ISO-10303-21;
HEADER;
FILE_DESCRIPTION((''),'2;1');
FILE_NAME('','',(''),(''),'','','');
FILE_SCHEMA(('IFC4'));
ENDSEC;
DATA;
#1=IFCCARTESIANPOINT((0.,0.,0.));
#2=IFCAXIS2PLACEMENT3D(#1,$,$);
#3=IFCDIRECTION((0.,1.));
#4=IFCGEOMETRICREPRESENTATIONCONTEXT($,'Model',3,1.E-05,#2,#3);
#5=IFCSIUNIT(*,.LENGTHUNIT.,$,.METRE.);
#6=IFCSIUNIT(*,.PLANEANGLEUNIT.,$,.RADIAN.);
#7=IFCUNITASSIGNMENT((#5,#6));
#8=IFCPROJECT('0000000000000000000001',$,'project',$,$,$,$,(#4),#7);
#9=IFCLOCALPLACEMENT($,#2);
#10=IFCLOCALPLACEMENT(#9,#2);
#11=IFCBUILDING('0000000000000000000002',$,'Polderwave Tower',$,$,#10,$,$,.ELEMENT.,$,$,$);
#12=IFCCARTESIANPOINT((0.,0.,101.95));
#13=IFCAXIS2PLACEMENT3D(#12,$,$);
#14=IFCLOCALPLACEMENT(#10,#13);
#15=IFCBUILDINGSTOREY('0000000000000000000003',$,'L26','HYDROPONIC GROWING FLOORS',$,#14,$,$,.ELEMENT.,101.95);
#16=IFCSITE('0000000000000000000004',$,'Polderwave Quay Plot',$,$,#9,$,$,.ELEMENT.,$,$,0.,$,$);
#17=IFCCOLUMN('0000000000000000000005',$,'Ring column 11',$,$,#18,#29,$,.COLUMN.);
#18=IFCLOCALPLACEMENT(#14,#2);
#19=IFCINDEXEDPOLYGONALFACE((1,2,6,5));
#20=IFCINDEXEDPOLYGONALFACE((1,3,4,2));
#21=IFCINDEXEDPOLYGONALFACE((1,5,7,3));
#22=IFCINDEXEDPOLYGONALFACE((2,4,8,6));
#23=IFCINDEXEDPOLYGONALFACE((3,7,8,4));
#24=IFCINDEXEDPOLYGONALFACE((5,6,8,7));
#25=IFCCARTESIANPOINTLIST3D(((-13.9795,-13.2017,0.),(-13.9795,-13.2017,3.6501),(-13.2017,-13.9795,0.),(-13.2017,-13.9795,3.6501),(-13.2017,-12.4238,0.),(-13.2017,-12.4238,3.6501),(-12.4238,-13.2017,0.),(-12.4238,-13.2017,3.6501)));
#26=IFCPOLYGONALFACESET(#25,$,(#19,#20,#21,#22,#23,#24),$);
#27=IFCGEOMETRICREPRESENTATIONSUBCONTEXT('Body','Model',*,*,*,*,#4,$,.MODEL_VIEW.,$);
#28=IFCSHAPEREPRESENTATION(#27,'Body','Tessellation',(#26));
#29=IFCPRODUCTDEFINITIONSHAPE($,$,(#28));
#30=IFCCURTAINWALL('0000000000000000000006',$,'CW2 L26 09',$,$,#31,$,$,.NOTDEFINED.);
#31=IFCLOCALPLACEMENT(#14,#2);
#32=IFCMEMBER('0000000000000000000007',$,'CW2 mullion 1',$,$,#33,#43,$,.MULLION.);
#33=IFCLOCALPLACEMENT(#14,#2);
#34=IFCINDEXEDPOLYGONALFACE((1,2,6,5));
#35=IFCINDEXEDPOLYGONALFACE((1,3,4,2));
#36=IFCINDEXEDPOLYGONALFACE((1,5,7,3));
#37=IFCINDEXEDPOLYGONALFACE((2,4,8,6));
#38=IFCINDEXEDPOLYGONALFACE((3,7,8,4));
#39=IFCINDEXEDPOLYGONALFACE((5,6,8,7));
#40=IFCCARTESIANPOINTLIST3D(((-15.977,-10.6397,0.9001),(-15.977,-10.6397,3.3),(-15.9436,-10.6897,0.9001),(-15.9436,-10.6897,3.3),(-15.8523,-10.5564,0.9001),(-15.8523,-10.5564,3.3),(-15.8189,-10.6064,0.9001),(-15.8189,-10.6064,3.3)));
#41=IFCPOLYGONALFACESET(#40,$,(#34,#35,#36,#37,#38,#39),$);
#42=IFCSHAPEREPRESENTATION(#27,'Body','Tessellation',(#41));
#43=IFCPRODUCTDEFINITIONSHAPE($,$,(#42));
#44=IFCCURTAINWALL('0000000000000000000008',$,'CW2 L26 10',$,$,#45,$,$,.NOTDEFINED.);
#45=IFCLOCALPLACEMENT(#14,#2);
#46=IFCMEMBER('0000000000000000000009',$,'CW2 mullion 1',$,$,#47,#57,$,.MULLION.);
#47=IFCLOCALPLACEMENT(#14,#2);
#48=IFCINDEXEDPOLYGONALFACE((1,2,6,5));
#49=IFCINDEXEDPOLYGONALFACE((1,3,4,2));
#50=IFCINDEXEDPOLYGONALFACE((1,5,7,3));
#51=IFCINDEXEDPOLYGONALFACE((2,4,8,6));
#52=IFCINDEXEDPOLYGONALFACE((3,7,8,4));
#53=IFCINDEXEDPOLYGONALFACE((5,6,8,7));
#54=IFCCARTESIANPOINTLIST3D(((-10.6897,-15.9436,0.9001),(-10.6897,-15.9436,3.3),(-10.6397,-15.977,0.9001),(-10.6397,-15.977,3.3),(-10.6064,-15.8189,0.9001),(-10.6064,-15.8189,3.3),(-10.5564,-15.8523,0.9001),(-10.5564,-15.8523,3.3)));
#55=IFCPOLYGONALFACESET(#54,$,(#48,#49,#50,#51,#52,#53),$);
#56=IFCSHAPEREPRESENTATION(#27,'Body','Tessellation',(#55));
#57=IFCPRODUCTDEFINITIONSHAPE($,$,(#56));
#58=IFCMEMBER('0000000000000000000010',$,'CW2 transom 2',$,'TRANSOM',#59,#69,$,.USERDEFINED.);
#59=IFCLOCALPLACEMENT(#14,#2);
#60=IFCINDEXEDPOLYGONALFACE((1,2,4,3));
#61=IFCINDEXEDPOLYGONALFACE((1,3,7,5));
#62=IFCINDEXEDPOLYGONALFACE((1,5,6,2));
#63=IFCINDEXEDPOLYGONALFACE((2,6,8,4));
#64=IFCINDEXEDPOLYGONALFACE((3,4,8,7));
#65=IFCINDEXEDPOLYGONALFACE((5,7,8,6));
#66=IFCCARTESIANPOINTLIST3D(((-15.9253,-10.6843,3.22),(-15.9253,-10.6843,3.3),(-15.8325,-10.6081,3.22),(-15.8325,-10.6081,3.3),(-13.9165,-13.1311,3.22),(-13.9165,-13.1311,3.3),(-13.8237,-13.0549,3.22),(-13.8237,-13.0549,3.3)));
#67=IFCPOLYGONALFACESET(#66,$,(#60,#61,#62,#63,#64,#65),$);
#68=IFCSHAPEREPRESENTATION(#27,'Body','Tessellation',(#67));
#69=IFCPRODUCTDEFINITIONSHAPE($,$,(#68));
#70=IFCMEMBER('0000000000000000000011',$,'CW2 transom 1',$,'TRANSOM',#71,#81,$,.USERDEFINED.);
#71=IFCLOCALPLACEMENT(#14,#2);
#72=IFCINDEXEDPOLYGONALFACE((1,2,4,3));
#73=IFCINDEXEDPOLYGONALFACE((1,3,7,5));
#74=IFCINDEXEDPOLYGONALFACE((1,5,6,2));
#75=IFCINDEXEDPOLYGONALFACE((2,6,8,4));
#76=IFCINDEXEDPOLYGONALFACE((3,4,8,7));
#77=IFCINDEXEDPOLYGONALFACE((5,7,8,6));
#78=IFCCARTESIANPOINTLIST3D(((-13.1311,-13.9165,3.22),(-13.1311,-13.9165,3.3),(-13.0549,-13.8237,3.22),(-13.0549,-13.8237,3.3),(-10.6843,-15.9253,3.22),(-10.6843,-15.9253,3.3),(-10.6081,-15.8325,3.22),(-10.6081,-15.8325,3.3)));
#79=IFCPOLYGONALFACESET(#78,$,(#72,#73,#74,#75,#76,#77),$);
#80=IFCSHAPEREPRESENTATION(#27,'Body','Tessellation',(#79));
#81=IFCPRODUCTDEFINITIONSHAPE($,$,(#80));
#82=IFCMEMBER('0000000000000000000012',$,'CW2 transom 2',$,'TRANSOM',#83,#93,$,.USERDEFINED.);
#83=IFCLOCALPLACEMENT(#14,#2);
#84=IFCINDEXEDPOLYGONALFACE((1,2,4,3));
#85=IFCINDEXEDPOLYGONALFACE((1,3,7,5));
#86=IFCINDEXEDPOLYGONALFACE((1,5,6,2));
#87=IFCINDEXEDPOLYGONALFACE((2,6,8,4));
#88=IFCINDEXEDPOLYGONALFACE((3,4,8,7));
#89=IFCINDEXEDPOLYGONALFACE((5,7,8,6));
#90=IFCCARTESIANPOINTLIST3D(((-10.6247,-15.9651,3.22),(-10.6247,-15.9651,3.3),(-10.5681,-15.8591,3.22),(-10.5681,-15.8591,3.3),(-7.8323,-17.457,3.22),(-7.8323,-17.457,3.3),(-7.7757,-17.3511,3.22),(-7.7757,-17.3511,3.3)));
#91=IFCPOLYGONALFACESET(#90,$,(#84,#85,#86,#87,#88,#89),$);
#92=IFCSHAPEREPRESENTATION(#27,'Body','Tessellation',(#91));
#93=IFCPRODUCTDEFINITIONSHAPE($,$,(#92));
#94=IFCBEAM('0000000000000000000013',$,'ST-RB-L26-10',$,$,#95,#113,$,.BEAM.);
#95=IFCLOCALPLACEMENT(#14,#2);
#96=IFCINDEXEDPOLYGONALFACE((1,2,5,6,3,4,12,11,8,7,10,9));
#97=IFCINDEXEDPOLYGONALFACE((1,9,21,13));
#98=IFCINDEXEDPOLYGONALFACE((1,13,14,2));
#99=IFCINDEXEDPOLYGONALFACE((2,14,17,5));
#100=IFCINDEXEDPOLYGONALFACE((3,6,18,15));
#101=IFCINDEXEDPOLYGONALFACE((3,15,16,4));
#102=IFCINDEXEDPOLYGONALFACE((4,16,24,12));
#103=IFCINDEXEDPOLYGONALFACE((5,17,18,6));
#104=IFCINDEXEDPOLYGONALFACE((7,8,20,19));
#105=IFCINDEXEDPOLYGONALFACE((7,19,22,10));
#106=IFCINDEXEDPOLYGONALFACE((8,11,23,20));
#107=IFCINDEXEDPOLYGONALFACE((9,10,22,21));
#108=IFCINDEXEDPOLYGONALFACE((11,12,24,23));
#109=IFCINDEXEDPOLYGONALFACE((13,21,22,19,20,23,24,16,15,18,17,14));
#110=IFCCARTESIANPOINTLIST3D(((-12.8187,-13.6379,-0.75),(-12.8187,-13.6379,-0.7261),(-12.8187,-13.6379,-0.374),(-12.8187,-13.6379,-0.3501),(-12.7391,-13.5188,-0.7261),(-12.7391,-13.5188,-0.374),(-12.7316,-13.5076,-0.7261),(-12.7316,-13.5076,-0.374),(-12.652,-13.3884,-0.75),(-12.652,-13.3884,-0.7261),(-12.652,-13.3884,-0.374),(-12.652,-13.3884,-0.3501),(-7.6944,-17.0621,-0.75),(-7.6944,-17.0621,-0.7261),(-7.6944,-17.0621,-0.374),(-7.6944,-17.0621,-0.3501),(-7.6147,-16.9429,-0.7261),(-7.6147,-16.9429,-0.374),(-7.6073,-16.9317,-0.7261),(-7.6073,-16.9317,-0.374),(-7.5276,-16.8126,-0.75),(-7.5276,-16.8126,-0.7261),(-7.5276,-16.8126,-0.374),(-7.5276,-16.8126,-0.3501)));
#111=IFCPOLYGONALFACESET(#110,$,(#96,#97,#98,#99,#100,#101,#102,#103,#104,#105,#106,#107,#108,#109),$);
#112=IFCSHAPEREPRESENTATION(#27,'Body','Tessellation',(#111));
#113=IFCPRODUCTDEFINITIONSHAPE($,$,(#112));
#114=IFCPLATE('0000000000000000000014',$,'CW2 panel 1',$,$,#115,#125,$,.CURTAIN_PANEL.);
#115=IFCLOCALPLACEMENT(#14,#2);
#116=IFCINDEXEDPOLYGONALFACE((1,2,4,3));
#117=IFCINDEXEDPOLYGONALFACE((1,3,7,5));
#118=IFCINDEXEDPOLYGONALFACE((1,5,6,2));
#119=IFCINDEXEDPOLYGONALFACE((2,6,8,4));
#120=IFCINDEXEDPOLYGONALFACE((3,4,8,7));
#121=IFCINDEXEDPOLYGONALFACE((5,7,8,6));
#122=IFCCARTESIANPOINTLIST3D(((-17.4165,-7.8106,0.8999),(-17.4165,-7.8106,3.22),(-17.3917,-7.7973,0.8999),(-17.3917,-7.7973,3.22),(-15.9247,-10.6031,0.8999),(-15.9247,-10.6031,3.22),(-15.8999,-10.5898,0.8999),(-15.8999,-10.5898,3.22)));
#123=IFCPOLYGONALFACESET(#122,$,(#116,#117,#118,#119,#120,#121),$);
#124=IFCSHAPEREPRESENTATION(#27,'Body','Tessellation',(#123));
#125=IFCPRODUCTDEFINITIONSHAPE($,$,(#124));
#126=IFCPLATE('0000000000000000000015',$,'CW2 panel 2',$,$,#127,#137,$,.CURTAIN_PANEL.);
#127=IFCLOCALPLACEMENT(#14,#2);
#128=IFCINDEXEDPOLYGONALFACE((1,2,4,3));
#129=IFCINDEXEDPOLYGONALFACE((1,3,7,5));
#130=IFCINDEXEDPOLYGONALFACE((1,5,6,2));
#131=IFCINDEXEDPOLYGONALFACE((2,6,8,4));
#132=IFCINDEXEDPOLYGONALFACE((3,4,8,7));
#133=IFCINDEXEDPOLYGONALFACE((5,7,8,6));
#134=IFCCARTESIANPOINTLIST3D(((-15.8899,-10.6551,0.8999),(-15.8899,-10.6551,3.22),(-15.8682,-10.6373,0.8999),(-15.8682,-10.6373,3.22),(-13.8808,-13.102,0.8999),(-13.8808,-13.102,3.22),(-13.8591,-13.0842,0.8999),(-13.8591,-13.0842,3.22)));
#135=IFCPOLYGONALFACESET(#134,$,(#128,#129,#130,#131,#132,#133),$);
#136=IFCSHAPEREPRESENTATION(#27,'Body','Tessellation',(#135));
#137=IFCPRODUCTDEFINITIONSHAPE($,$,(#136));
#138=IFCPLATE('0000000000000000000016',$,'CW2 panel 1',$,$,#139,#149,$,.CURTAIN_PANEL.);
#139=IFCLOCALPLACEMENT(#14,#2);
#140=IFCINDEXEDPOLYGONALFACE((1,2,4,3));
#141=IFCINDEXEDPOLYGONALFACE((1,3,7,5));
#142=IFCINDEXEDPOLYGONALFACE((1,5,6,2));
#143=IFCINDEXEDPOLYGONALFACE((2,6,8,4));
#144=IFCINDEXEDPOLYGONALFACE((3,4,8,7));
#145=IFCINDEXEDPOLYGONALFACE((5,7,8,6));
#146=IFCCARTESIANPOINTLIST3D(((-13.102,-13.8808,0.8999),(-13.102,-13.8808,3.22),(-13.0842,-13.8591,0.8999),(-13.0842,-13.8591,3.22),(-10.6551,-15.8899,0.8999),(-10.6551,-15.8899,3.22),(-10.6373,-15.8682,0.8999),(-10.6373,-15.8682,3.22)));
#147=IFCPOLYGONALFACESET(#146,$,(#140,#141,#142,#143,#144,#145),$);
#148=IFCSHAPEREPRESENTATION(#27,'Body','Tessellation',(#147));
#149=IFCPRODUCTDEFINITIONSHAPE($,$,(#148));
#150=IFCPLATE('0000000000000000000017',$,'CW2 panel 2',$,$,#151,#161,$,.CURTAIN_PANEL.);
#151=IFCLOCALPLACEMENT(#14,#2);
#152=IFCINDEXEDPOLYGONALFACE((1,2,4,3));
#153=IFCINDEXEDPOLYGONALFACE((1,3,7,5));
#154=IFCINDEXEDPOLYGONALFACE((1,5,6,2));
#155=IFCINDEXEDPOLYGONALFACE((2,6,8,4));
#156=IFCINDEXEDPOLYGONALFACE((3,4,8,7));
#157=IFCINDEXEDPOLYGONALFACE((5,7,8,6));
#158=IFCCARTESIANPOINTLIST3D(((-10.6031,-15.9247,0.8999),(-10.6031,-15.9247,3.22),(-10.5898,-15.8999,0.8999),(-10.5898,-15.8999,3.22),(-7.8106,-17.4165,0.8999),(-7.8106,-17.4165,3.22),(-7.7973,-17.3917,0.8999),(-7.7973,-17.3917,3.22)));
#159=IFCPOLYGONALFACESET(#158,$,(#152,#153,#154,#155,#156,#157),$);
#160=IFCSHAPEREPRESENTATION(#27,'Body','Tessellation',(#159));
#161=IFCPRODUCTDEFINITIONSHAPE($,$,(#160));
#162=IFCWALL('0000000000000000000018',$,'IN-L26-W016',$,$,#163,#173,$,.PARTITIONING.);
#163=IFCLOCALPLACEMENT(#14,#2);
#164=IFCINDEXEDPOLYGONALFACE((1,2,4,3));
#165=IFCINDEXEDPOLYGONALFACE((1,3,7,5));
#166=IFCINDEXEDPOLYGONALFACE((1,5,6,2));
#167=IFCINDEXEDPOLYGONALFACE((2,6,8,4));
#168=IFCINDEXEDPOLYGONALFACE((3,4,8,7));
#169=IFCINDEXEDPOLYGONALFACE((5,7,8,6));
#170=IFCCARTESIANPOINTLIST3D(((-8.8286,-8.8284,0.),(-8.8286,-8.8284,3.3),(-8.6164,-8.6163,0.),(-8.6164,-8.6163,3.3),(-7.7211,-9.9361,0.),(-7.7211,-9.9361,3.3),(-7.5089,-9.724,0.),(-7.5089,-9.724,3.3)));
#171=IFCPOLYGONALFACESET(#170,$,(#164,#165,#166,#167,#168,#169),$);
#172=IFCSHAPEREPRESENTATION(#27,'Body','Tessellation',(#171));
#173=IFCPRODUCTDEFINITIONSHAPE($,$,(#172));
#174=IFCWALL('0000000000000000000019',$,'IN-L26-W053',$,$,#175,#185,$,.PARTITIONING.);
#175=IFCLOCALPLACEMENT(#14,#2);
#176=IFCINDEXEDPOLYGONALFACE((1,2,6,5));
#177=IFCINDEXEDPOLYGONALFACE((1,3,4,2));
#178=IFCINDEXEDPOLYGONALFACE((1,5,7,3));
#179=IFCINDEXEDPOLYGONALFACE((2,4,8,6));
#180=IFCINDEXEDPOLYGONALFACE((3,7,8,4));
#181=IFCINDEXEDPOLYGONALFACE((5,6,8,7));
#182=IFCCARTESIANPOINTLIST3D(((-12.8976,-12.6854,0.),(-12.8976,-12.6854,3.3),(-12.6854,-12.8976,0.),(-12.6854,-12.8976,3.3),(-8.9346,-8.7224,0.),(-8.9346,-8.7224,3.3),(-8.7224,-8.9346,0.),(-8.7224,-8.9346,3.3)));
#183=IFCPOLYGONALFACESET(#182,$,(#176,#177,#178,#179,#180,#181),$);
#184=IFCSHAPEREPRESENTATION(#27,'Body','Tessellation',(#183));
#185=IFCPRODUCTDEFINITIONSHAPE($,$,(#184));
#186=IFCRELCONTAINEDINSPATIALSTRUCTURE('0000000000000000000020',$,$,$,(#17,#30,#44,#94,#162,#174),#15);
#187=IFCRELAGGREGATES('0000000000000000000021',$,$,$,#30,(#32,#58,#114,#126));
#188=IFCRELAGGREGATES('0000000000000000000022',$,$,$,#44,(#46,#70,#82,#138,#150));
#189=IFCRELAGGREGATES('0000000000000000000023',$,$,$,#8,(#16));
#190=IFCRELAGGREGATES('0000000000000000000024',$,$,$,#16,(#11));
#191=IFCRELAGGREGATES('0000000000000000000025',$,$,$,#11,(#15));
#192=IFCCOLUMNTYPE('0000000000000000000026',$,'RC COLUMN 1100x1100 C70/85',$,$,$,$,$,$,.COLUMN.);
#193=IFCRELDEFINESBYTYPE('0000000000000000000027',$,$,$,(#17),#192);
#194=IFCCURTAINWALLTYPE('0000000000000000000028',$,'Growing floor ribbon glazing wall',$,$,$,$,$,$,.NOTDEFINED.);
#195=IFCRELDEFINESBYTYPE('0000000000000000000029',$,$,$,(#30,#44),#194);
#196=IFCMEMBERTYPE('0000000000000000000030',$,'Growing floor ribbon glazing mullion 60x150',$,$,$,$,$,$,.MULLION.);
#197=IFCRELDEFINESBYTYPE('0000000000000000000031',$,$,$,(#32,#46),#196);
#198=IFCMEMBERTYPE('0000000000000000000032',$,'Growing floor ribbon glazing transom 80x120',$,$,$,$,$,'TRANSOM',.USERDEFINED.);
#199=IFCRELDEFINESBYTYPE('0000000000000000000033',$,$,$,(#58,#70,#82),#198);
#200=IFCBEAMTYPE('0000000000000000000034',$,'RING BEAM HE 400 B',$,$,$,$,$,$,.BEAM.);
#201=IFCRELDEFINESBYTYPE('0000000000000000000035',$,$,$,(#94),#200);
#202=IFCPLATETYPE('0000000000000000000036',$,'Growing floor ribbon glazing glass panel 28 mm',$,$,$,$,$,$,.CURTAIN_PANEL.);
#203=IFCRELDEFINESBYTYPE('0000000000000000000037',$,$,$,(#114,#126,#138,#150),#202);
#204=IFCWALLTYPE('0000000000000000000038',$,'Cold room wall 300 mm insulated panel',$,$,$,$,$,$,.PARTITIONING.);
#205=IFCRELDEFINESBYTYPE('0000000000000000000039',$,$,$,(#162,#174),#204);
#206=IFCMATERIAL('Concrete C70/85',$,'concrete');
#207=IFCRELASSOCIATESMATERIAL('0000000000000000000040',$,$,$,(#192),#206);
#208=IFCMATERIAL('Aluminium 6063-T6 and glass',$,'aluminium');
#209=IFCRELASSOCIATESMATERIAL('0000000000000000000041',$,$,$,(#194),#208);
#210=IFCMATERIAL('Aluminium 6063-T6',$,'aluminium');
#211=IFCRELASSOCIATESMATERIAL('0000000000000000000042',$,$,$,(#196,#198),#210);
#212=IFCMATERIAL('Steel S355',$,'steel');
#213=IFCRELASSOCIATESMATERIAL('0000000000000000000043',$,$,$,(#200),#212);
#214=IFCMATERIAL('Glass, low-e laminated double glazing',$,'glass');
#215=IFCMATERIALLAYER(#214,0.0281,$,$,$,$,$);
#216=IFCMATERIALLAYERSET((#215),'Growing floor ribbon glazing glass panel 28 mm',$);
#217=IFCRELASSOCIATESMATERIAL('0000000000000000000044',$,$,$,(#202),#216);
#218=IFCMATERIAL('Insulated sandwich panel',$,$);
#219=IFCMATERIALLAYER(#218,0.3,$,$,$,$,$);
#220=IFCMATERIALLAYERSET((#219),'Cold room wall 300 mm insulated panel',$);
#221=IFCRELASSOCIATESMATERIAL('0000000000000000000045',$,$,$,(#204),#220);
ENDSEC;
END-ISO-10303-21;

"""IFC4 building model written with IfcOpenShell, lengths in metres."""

from ifc_helpers import new_model, si_unit, direction, frame, frame_2d, origin, origin_2d, place, context, subcontext, project, spatial, rectangle, i_section, extrude, material, layer, layer_set, material_profile, profile_set, type_object, element, aggregate, save


model = new_model("IFC4")

# Units and contexts
model_context = context("Model", 3, precision=1e-05, world=origin(), true_north=direction((0.0, 1.0)))
body_context = subcontext(model_context, "Body", "Model", "MODEL_VIEW")
ifc_project = project(units=[si_unit("LENGTHUNIT", "METRE"), si_unit("PLANEANGLEUNIT", "RADIAN")], contexts=[model_context])

# Site, building, storey
site_placement = place(None, origin())
site = spatial("IfcSite", under=ifc_project, at=site_placement, Name="Polderwave Quay Plot", CompositionType="ELEMENT", RefElevation=0.0)
building_placement = place(site_placement, origin())
building = spatial("IfcBuilding", under=site, at=building_placement, Name="Polderwave Tower", CompositionType="ELEMENT")
storey_placement = place(building_placement, frame((0.0, 0.0, 101.95)))
storey = spatial("IfcBuildingStorey", under=building, at=storey_placement, Name="L26", Description="HYDROPONIC GROWING FLOORS", CompositionType="ELEMENT", Elevation=101.95)

# Column
ifc_material_1 = material(Name="Concrete C70/85", Category="concrete")
ifc_material_profile_1 = material_profile(ifc_material_1, rectangle(XDim=1.1001, YDim=1.1001, at=origin_2d()), Name="RC 1100x1100")
ifc_profile_set_1 = profile_set([ifc_material_profile_1], Name="Concrete C70/85")
column_type = type_object("IfcColumnType", Name="RC COLUMN 1100x1100 C70/85", PredefinedType="COLUMN", material=ifc_profile_set_1)
column_placement = place(storey_placement, frame((-13.2017, -13.2017, 0.0), z_axis=(0.0, 0.0, 1.0), x_axis=(-0.707107, -0.707107, 0.0)))
element("IfcColumn", 1, at=column_placement, inside=storey, type_object=column_type, Name="Ring column 11", PredefinedType="COLUMN", context=body_context, shape_type="SweptSolid", body=[
    extrude(rectangle(XDim=1.1001, YDim=1.1001, at=origin_2d()), origin(), (0.0, 0.0, 1.0), 3.6501),
])

# Curtain walls, members
ifc_material_2 = material(Name="Aluminium 6063-T6 and glass", Category="aluminium")
curtain_wall_type = type_object("IfcCurtainWallType", Name="Growing floor ribbon glazing wall", PredefinedType="NOTDEFINED", material=ifc_material_2)
curtain_wall_1_placement = place(storey_placement, origin())
curtain_wall_1 = element("IfcCurtainWall", 2, at=curtain_wall_1_placement, inside=storey, type_object=curtain_wall_type, Name="CW2 L26 09", PredefinedType="NOTDEFINED")
ifc_material_3 = material(Name="Aluminium 6063-T6", Category="aluminium")
ifc_material_profile_2 = material_profile(ifc_material_3, rectangle(XDim=0.1499, YDim=0.0601, at=origin_2d()), Name="AL 60x150")
ifc_profile_set_2 = profile_set([ifc_material_profile_2], Name="Aluminium 6063-T6")
member_type_1 = type_object("IfcMemberType", Name="Growing floor ribbon glazing mullion 60x150", PredefinedType="MULLION", material=ifc_profile_set_2)
member_1_placement = place(storey_placement, frame((-15.8979, -10.623, 0.9001), z_axis=(0.0, 0.0, 1.0), x_axis=(0.831468, 0.555573, 0.0)))
member_1 = element("IfcMember", 3, at=member_1_placement, type_object=member_type_1, Name="CW2 mullion 1", PredefinedType="MULLION", context=body_context, shape_type="SweptSolid", body=[
    extrude(rectangle(XDim=0.1499, YDim=0.0601, at=origin_2d()), origin(), (0.0, 0.0, 1.0), 2.3999),
])
curtain_wall_2_placement = place(storey_placement, origin())
curtain_wall_2 = element("IfcCurtainWall", 4, at=curtain_wall_2_placement, inside=storey, type_object=curtain_wall_type, Name="CW2 L26 10", PredefinedType="NOTDEFINED")
member_2_placement = place(storey_placement, frame((-10.623, -15.8979, 0.9001), z_axis=(0.0, 0.0, 1.0), x_axis=(0.555573, 0.831468, 0.0)))
member_2 = element("IfcMember", 5, at=member_2_placement, type_object=member_type_1, Name="CW2 mullion 1", PredefinedType="MULLION", context=body_context, shape_type="SweptSolid", body=[
    extrude(rectangle(XDim=0.1499, YDim=0.0601, at=origin_2d()), origin(), (0.0, 0.0, 1.0), 2.3999),
])

# Members
ifc_material_profile_3 = material_profile(ifc_material_3, rectangle(XDim=0.1201, YDim=0.0801, at=origin_2d()), Name="AL 80x120")
ifc_profile_set_3 = profile_set([ifc_material_profile_3], Name="Aluminium 6063-T6")
member_type_2 = type_object("IfcMemberType", Name="Growing floor ribbon glazing transom 80x120", ElementType="TRANSOM", PredefinedType="USERDEFINED", material=ifc_profile_set_3)
member_3_placement = place(storey_placement, frame((-15.8789, -10.6462, 3.26), z_axis=(0.634539, -0.772891, 0.0), x_axis=(0.772891, 0.634539, 0.0)))
member_3 = element("IfcMember", 6, at=member_3_placement, type_object=member_type_2, Name="CW2 transom 2", ObjectType="TRANSOM", PredefinedType="USERDEFINED", context=body_context, shape_type="SweptSolid", body=[
    extrude(rectangle(XDim=0.1201, YDim=0.0801, at=origin_2d()), origin(), (0.0, 0.0, 1.0), 3.1658),
])
member_4_placement = place(storey_placement, frame((-13.093, -13.8701, 3.26), z_axis=(0.772891, -0.634539, 0.0), x_axis=(0.634539, 0.772891, 0.0)))
member_4 = element("IfcMember", 7, at=member_4_placement, type_object=member_type_2, Name="CW2 transom 1", ObjectType="TRANSOM", PredefinedType="USERDEFINED", context=body_context, shape_type="SweptSolid", body=[
    extrude(rectangle(XDim=0.1201, YDim=0.0801, at=origin_2d()), origin(), (0.0, 0.0, 1.0), 3.1658),
])
member_5_placement = place(storey_placement, frame((-10.5964, -15.9121, 3.26), z_axis=(0.882009, -0.471232, 0.0), x_axis=(0.471232, 0.882009, 0.0)))
member_5 = element("IfcMember", 8, at=member_5_placement, type_object=member_type_2, Name="CW2 transom 2", ObjectType="TRANSOM", PredefinedType="USERDEFINED", context=body_context, shape_type="SweptSolid", body=[
    extrude(rectangle(XDim=0.1201, YDim=0.0801, at=origin_2d()), origin(), (0.0, 0.0, 1.0), 3.166),
])

# Beam
ifc_material_4 = material(Name="Steel S355", Category="steel")
ifc_material_profile_4 = material_profile(ifc_material_4, i_section(OverallWidth=0.3, OverallDepth=0.3999, WebThickness=0.0134, FlangeThickness=0.0239, at=origin_2d()), Name="HE 400 B")
ifc_profile_set_4 = profile_set([ifc_material_profile_4], Name="Steel S355")
beam_type = type_object("IfcBeamType", Name="RING BEAM HE 400 B", PredefinedType="BEAM", material=ifc_profile_set_4)
beam_placement = place(storey_placement, frame((-12.7354, -13.5132, -0.55), z_axis=(0.831459, -0.555587, 0.0), x_axis=(0.555587, 0.831459, 0.0)))
element("IfcBeam", 9, at=beam_placement, inside=storey, type_object=beam_type, Name="ST-RB-L26-10", PredefinedType="BEAM", context=body_context, shape_type="SweptSolid", body=[
    extrude(i_section(OverallWidth=0.3, OverallDepth=0.3999, WebThickness=0.0134, FlangeThickness=0.0239, at=origin_2d()), origin(), (0.0, 0.0, 1.0), 6.1631),
])

# Plates
ifc_material_5 = material(Name="Glass, low-e laminated double glazing", Category="glass")
ifc_layer_1 = layer(ifc_material_5, 0.0281)
ifc_layer_set_1 = layer_set([ifc_layer_1], Name="Growing floor ribbon glazing glass panel 28 mm")
plate_type = type_object("IfcPlateType", Name="Growing floor ribbon glazing glass panel 28 mm", PredefinedType="CURTAIN_PANEL", material=ifc_layer_set_1)
plate_1_placement = place(storey_placement, frame((-16.6582, -9.2002, 0.8999), z_axis=(0.0, 0.0, 1.0), x_axis=(0.471206, -0.882023, 0.0)))
plate_1 = element("IfcPlate", 10, at=plate_1_placement, type_object=plate_type, Name="CW2 panel 1", PredefinedType="CURTAIN_PANEL", context=body_context, shape_type="SweptSolid", body=[
    extrude(rectangle(XDim=3.166, YDim=0.0281, at=origin_2d()), origin(), (0.0, 0.0, 1.0), 2.3201),
])
plate_2_placement = place(storey_placement, frame((-14.8745, -11.8696, 0.8999), z_axis=(0.0, 0.0, 1.0), x_axis=(0.634566, -0.772869, 0.0)))
plate_2 = element("IfcPlate", 11, at=plate_2_placement, type_object=plate_type, Name="CW2 panel 2", PredefinedType="CURTAIN_PANEL", context=body_context, shape_type="SweptSolid", body=[
    extrude(rectangle(XDim=3.166, YDim=0.0281, at=origin_2d()), origin(), (0.0, 0.0, 1.0), 2.3201),
])
aggregate(curtain_wall_1, [member_1, member_3, plate_1, plate_2])
plate_3_placement = place(storey_placement, frame((-11.8696, -14.8745, 0.8999), z_axis=(0.0, 0.0, 1.0), x_axis=(0.772869, -0.634566, 0.0)))
plate_3 = element("IfcPlate", 12, at=plate_3_placement, type_object=plate_type, Name="CW2 panel 1", PredefinedType="CURTAIN_PANEL", context=body_context, shape_type="SweptSolid", body=[
    extrude(rectangle(XDim=3.166, YDim=0.0281, at=origin_2d()), origin(), (0.0, 0.0, 1.0), 2.3201),
])
plate_4_placement = place(storey_placement, frame((-9.2002, -16.6582, 0.8999), z_axis=(0.0, 0.0, 1.0), x_axis=(0.882023, -0.471206, 0.0)))
plate_4 = element("IfcPlate", 13, at=plate_4_placement, type_object=plate_type, Name="CW2 panel 2", PredefinedType="CURTAIN_PANEL", context=body_context, shape_type="SweptSolid", body=[
    extrude(rectangle(XDim=3.166, YDim=0.0281, at=origin_2d()), origin(), (0.0, 0.0, 1.0), 2.3201),
])
aggregate(curtain_wall_2, [member_2, member_4, member_5, plate_3, plate_4])

# Walls
ifc_material_6 = material(Name="Insulated sandwich panel")
ifc_layer_2 = layer(ifc_material_6, 0.3)
ifc_layer_set_2 = layer_set([ifc_layer_2], Name="Cold room wall 300 mm insulated panel")
wall_type_1 = type_object("IfcWallType", Name="Cold room wall 300 mm insulated panel", PredefinedType="PARTITIONING", material=ifc_layer_set_2)
wall_1_placement = place(storey_placement, frame((-7.615, -9.8301, 0.0), z_axis=(0.0, 0.0, 1.0), x_axis=(-0.707029, 0.707185, 0.0)))
element("IfcWall", 14, at=wall_1_placement, inside=storey, type_object=wall_type_1, Name="IN-L26-W016", PredefinedType="PARTITIONING", context=body_context, shape_type="SweptSolid", body=[
    extrude(rectangle(XDim=1.5664, YDim=0.3, at=frame_2d((0.7832, 0.0))), origin(), (0.0, 0.0, 1.0), 3.3),
])
wall_2_placement = place(storey_placement, frame((-12.7915, -12.7915, 0.0), z_axis=(0.0, 0.0, 1.0), x_axis=(0.707107, 0.707107, 0.0)))
element("IfcWall", 15, at=wall_2_placement, inside=storey, type_object=wall_type_1, Name="IN-L26-W053", PredefinedType="PARTITIONING", context=body_context, shape_type="SweptSolid", body=[
    extrude(rectangle(XDim=5.6045, YDim=0.3, at=frame_2d((2.8022, 0.0))), origin(), (0.0, 0.0, 1.0), 3.3),
])

save(model, "model.ifc")
